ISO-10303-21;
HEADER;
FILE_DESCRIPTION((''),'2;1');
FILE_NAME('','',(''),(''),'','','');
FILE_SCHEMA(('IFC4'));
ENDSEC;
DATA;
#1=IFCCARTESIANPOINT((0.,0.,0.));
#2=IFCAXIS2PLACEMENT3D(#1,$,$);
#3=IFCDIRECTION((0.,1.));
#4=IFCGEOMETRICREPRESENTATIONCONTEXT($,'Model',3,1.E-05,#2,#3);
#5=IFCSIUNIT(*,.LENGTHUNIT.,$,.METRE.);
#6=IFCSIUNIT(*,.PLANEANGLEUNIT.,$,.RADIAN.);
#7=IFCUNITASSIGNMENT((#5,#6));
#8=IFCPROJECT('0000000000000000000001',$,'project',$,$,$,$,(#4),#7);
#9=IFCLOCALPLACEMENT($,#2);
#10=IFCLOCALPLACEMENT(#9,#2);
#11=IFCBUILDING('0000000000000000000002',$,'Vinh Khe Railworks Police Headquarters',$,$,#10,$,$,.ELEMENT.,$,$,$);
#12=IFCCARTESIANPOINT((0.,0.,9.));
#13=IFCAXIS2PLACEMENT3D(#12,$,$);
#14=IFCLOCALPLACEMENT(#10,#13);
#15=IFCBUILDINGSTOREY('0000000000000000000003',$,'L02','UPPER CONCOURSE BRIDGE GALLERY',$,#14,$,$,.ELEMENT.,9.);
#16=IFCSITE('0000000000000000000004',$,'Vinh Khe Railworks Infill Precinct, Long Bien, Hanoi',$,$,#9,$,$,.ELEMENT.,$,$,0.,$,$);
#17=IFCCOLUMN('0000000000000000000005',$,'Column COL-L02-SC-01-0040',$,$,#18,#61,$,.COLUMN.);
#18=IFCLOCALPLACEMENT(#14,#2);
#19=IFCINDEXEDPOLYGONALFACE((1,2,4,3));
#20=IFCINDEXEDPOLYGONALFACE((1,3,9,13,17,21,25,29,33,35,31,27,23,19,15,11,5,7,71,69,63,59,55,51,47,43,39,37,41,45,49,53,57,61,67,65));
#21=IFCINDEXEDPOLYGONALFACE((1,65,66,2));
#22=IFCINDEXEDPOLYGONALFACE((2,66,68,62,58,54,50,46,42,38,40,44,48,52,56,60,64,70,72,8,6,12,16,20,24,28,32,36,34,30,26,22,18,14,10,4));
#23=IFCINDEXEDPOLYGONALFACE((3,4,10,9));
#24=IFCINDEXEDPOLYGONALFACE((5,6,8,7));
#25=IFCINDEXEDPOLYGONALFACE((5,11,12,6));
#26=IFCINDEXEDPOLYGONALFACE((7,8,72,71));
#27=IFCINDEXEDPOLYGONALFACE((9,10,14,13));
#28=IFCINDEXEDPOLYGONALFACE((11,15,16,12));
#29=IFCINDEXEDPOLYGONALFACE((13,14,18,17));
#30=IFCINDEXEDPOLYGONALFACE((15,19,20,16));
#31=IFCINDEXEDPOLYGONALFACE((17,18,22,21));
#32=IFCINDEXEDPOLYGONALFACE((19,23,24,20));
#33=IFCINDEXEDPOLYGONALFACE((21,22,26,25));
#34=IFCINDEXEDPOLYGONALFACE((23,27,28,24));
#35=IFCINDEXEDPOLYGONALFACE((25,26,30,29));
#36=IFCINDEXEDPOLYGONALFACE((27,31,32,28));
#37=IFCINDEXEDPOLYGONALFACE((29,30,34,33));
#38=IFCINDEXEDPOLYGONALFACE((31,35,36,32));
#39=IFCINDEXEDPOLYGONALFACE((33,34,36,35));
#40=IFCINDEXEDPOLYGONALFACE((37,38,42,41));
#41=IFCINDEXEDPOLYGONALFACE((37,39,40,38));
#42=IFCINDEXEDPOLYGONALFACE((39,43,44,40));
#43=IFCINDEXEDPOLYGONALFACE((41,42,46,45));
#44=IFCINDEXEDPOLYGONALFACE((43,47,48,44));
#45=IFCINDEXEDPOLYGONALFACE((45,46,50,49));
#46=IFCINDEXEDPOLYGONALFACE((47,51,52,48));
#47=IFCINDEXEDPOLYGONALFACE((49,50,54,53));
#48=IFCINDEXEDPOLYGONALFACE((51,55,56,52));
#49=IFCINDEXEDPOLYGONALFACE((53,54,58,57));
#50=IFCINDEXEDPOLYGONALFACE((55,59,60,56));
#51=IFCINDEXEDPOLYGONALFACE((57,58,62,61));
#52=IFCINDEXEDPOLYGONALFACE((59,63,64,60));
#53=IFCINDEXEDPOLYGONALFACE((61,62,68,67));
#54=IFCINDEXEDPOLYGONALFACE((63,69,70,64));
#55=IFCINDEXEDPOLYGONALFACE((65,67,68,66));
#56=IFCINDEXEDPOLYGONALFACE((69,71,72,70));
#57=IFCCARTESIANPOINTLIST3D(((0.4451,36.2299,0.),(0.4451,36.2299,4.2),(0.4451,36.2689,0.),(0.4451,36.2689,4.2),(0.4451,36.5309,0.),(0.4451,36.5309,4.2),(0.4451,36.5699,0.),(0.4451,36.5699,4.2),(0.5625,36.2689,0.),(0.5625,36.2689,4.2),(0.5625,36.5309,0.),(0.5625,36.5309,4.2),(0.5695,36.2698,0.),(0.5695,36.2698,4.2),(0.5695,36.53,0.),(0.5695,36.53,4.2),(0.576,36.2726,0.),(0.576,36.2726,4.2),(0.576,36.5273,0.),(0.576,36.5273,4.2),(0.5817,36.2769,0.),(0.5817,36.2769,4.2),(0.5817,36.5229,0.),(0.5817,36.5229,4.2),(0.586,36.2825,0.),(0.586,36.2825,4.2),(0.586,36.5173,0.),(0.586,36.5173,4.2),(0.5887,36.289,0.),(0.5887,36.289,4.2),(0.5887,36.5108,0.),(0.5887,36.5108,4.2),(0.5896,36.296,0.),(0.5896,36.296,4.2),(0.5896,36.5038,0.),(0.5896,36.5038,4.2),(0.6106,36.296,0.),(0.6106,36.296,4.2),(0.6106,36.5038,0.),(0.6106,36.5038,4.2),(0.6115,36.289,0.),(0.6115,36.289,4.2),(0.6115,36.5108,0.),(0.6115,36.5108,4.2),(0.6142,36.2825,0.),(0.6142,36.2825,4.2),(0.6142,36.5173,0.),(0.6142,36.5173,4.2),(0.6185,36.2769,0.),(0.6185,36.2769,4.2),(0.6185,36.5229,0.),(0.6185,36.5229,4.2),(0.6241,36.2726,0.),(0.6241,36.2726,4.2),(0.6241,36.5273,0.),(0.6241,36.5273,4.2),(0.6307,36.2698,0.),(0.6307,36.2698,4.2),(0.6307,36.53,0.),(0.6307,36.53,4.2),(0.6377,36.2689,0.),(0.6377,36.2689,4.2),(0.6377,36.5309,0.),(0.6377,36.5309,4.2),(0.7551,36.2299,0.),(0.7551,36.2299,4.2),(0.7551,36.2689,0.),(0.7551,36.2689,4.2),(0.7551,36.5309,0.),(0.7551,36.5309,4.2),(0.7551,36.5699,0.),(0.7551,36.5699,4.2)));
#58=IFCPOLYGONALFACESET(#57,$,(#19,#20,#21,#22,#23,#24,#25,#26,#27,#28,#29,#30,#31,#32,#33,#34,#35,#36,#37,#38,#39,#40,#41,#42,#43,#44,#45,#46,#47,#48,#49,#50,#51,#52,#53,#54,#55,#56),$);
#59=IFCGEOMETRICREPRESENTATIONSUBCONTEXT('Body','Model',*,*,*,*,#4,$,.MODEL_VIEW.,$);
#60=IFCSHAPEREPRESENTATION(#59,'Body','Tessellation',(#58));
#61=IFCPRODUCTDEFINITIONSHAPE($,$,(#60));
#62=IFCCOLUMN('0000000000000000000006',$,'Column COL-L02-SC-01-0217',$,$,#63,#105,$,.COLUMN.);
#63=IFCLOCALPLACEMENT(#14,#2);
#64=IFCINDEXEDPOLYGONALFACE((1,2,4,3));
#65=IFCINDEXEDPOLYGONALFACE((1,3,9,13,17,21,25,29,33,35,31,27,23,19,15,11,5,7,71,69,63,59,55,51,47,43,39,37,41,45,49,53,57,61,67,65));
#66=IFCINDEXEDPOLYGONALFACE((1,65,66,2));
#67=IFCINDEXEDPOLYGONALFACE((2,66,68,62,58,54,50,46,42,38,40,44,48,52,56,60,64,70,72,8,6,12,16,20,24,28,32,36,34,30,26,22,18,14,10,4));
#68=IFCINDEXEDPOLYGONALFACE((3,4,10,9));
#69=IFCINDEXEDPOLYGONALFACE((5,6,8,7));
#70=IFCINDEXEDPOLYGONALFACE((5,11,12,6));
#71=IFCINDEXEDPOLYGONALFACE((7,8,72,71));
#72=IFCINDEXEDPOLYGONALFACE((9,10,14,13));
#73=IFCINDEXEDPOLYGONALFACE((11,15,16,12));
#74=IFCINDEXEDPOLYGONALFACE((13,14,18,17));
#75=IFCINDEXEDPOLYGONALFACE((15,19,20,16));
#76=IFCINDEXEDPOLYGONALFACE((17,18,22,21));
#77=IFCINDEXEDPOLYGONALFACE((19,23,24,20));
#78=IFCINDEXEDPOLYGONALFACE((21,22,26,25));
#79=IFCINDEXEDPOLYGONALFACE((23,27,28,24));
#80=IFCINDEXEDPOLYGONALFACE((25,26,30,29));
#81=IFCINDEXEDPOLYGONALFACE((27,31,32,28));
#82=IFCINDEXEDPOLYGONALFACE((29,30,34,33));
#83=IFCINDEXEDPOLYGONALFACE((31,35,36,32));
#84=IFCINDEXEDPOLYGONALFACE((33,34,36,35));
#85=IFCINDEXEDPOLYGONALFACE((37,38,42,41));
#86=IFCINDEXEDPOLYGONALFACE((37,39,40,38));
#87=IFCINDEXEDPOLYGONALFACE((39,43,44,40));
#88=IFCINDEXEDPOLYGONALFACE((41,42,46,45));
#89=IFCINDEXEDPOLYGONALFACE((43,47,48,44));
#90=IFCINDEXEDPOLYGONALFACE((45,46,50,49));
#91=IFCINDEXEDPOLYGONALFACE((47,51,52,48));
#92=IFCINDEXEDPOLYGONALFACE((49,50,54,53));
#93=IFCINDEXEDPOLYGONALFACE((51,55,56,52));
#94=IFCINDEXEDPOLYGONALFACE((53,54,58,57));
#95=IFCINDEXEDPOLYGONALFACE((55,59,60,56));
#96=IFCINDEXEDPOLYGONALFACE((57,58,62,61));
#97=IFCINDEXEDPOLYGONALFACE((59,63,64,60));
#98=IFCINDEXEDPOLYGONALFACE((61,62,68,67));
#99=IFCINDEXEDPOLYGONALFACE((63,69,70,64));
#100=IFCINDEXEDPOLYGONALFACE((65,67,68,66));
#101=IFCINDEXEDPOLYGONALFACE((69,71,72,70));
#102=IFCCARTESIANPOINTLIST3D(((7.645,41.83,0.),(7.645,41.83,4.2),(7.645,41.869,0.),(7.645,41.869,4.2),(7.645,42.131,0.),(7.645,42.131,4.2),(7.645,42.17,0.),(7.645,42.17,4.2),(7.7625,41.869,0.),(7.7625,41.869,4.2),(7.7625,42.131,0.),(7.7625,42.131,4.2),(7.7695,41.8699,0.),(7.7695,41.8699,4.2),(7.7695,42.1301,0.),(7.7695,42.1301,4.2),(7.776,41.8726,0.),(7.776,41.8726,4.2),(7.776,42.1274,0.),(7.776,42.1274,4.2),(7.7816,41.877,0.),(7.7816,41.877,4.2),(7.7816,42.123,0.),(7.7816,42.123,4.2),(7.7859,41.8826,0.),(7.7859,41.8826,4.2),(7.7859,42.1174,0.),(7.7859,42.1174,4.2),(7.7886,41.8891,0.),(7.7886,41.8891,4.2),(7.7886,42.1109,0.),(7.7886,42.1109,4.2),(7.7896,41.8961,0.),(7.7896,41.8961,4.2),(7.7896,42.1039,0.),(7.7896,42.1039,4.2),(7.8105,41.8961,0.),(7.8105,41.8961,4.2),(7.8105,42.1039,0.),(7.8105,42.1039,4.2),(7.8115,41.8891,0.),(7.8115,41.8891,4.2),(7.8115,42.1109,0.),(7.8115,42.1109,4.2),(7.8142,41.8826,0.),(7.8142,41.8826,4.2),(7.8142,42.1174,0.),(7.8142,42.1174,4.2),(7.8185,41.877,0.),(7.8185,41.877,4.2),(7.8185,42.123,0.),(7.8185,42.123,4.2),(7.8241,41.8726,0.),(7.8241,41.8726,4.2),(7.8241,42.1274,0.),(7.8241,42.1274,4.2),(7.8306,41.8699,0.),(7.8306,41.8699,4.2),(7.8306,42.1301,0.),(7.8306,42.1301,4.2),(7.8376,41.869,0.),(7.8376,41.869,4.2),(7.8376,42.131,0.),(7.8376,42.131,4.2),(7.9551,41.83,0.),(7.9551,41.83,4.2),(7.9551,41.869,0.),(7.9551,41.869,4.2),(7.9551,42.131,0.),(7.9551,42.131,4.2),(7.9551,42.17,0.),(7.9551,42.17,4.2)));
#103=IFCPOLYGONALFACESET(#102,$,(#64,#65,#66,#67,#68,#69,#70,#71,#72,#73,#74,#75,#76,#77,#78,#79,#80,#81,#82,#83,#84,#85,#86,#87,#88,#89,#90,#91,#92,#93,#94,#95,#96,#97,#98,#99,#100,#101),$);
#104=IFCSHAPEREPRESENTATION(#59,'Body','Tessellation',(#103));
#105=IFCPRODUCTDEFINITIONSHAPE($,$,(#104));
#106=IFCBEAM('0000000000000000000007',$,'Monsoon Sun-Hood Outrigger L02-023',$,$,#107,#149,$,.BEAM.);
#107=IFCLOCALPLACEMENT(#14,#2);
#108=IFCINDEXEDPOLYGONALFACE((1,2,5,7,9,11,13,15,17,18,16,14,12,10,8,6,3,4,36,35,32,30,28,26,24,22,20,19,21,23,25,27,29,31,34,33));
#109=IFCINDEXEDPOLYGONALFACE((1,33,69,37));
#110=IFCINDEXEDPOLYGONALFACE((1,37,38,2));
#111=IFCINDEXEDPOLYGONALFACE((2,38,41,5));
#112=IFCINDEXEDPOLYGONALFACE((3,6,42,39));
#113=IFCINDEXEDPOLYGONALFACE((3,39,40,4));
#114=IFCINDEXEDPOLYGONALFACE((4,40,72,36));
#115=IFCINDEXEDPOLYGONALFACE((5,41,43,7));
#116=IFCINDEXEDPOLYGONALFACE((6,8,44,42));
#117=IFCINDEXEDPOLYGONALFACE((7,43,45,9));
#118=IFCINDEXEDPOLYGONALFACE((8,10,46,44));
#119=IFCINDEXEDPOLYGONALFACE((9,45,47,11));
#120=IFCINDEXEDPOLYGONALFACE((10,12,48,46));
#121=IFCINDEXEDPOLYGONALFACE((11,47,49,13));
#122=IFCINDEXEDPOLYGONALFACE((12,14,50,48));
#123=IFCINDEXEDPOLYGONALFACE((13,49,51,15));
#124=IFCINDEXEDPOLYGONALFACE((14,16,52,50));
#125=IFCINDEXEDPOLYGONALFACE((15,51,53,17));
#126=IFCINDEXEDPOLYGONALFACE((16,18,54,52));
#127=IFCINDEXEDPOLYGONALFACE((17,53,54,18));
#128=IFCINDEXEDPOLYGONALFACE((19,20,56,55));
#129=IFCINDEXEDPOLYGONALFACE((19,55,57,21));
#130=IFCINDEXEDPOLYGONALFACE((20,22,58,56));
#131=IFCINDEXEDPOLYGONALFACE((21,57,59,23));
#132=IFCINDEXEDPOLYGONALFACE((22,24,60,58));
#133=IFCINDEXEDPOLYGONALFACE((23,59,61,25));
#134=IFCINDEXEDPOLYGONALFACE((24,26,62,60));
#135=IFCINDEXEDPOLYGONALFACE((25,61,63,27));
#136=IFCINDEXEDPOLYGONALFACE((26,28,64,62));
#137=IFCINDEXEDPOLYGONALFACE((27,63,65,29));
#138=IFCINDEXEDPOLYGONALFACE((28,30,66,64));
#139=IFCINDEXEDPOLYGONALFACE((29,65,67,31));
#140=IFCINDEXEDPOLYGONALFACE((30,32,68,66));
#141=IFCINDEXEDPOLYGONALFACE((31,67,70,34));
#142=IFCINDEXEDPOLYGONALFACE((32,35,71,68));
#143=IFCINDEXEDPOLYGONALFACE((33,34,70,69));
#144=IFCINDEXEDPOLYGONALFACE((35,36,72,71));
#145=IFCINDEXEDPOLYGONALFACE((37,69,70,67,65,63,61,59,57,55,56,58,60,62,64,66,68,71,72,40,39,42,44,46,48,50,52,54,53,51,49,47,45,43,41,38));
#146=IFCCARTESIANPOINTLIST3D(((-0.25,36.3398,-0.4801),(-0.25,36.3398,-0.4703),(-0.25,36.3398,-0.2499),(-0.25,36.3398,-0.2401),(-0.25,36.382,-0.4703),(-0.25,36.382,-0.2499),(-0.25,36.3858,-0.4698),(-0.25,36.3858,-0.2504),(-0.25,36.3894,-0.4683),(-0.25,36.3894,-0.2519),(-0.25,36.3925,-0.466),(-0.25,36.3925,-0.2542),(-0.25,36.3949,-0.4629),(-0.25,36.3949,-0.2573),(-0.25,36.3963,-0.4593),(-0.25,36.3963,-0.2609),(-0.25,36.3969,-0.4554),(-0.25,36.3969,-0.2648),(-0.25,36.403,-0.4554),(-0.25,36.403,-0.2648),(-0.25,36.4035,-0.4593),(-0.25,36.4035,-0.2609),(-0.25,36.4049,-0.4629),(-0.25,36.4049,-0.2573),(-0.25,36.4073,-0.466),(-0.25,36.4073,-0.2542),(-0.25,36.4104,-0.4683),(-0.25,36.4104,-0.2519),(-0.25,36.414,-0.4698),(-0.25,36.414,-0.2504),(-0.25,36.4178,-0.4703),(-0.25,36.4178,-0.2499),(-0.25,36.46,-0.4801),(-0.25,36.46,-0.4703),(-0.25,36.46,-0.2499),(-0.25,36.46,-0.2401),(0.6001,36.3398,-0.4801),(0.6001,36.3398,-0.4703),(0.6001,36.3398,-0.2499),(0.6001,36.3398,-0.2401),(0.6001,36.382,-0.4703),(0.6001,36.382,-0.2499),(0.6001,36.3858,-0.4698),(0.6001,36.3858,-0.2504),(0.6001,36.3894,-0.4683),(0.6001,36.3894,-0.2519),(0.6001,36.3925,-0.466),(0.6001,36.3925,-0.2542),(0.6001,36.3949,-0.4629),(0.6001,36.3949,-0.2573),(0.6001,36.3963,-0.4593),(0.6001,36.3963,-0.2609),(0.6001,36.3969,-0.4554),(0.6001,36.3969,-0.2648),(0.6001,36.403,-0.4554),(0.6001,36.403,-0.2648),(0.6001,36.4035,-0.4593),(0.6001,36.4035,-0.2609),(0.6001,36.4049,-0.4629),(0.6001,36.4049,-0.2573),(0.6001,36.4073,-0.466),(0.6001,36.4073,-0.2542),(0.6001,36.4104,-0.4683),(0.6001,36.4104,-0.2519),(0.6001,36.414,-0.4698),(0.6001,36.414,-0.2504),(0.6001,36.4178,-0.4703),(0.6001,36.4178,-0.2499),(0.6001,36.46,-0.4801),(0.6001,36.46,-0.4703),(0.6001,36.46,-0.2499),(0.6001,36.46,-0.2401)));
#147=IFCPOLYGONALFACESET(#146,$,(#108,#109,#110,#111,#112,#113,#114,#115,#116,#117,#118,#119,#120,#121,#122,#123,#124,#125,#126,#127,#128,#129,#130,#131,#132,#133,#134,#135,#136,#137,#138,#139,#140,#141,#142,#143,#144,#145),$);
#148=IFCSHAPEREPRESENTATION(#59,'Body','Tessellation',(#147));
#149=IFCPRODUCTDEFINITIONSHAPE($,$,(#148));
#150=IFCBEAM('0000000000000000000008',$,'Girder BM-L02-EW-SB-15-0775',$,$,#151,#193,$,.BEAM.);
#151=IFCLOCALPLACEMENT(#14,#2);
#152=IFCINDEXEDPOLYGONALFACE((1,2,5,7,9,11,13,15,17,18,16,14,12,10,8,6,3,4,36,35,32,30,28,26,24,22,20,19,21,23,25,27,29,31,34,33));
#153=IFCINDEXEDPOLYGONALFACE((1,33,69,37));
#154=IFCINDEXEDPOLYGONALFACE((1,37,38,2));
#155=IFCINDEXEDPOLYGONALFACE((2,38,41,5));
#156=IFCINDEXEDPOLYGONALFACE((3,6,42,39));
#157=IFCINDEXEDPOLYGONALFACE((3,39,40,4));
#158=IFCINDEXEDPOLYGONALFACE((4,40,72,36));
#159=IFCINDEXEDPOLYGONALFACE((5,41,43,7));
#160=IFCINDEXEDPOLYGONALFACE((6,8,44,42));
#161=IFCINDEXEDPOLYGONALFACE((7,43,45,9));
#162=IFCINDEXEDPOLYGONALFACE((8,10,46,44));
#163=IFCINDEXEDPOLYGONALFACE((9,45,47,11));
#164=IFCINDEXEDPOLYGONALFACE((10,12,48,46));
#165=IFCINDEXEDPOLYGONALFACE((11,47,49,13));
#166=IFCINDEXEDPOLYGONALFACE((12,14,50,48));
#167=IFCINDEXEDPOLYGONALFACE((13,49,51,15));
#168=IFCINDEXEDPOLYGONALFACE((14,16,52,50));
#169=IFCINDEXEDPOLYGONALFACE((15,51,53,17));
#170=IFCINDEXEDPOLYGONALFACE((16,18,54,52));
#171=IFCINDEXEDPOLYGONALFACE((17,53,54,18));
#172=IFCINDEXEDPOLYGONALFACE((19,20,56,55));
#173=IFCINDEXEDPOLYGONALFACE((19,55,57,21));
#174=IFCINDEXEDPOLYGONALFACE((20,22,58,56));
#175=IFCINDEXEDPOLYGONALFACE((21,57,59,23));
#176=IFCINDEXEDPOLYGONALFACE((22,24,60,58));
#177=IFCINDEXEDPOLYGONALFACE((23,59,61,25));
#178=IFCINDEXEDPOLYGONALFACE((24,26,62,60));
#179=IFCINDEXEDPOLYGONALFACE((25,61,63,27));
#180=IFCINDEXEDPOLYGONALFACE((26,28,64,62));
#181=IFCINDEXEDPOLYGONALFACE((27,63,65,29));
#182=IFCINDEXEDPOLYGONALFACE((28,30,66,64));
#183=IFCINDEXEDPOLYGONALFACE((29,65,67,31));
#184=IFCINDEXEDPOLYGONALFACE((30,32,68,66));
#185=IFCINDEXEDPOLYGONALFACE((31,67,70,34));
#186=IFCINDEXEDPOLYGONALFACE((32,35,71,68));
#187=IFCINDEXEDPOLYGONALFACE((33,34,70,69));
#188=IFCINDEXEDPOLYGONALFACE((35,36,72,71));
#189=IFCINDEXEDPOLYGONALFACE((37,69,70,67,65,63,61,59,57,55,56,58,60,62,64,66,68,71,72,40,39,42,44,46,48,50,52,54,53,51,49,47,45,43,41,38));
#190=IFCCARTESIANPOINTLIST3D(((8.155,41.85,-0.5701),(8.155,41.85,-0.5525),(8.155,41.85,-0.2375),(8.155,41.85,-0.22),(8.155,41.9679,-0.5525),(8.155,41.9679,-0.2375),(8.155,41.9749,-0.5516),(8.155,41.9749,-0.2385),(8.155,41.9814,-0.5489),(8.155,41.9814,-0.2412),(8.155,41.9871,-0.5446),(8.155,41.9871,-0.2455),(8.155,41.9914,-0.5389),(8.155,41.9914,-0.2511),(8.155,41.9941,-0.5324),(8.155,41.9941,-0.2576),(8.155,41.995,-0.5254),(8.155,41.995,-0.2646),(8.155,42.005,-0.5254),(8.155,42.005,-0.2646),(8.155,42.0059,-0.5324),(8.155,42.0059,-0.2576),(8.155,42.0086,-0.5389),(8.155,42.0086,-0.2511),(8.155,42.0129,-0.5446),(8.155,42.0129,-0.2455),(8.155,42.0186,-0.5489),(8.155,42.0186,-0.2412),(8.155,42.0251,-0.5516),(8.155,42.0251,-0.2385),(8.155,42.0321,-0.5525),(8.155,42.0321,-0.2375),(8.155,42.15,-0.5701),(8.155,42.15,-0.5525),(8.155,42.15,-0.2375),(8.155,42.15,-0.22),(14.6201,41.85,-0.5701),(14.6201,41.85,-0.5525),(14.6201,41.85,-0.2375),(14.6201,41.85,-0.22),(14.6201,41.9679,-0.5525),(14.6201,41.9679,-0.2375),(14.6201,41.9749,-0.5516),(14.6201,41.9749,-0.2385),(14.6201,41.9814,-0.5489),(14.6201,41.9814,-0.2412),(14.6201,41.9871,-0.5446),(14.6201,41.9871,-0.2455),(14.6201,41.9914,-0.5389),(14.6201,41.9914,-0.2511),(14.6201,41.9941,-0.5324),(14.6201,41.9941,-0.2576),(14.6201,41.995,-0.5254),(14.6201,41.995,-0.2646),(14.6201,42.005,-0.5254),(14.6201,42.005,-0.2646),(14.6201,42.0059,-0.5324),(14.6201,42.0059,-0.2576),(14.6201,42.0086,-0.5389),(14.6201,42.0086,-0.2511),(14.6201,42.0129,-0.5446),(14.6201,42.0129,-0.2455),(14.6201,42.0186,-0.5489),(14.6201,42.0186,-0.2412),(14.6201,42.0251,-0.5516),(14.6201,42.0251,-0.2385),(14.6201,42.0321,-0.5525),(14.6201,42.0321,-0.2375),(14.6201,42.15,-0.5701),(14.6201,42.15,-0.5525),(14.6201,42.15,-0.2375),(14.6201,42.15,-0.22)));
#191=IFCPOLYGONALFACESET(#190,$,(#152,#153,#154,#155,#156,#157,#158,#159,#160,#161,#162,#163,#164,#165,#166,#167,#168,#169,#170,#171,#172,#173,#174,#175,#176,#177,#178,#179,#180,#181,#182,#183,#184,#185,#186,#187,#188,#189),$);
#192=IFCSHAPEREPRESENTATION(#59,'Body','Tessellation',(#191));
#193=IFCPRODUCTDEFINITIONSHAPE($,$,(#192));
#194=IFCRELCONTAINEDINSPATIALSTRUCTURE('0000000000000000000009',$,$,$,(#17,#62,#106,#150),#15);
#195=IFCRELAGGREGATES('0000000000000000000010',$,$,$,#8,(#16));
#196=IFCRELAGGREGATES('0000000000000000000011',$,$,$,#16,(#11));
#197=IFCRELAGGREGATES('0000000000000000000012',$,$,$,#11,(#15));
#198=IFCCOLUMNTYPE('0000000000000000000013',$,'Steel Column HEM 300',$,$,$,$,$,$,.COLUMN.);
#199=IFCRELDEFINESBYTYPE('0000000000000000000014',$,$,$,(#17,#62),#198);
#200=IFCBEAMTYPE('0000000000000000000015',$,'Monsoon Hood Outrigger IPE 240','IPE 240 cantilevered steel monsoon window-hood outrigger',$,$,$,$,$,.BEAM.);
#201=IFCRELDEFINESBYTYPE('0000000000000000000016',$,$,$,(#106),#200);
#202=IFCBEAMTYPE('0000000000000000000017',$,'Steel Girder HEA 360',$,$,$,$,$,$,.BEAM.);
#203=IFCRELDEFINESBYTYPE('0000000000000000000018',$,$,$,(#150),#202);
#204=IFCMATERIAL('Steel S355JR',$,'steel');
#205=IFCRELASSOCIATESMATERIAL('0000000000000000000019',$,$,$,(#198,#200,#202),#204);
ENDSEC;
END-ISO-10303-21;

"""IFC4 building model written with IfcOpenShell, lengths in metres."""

from ifc_helpers import new_model, si_unit, direction, frame, origin, origin_2d, place, context, subcontext, project, spatial, i_section, extrude, material, material_profile, profile_set, type_object, element, save


model = new_model("IFC4")

# Units and contexts
model_context = context("Model", 3, precision=1e-05, world=origin(), true_north=direction((0.0, 1.0)))
body_context = subcontext(model_context, "Body", "Model", "MODEL_VIEW")
ifc_project = project(units=[si_unit("LENGTHUNIT", "METRE"), si_unit("PLANEANGLEUNIT", "RADIAN")], contexts=[model_context])

# Site, building, storey
site_placement = place(None, origin())
site = spatial("IfcSite", under=ifc_project, at=site_placement, Name="Vinh Khe Railworks Infill Precinct, Long Bien, Hanoi", CompositionType="ELEMENT", RefElevation=0.0)
building_placement = place(site_placement, origin())
building = spatial("IfcBuilding", under=site, at=building_placement, Name="Vinh Khe Railworks Police Headquarters", CompositionType="ELEMENT")
storey_placement = place(building_placement, frame((0.0, 0.0, 9.0)))
storey = spatial("IfcBuildingStorey", under=building, at=storey_placement, Name="L02", Description="UPPER CONCOURSE BRIDGE GALLERY", CompositionType="ELEMENT", Elevation=9.0)

# Columns
ifc_material_1 = material(Name="Steel S355JR", Category="steel")
ifc_material_profile_1 = material_profile(ifc_material_1, i_section(OverallWidth=0.3101, OverallDepth=0.3401, WebThickness=0.021, FlangeThickness=0.0391, FilletRadius=0.0271, at=origin_2d()), Name="HEM 300")
ifc_profile_set_1 = profile_set([ifc_material_profile_1], Name="Steel S355JR")
column_type_1 = type_object("IfcColumnType", Name="Steel Column HEM 300", PredefinedType="COLUMN", material=ifc_profile_set_1)
for number, where, z_axis, x_axis, name in (
    (1, (0.6001, 36.3999, 0.0), (0.0, 0.0, 1.0), (1.0, 0.0, 0.0), "Column COL-L02-SC-01-0040"),
    (2, (7.8, 42.0, 0.0), (0.0, 0.0, 1.0), (1.0, 0.0, 0.0), "Column COL-L02-SC-01-0217"),
):
    element("IfcColumn", number, at=place(storey_placement, frame(where, z_axis=z_axis, x_axis=x_axis)), inside=storey, type_object=column_type_1, Name=name, PredefinedType="COLUMN", context=body_context, shape_type="SweptSolid", body=[
        extrude(i_section(OverallWidth=0.3101, OverallDepth=0.3401, WebThickness=0.021, FlangeThickness=0.0391, FilletRadius=0.0271, at=origin_2d()), origin(), (0.0, 0.0, 1.0), 4.2),
    ])

# Beams
ifc_material_profile_2 = material_profile(ifc_material_1, i_section(OverallWidth=0.1201, OverallDepth=0.24, WebThickness=0.0061, FlangeThickness=0.0098, FilletRadius=0.0149, at=origin_2d()), Name="IPE 240")
ifc_profile_set_2 = profile_set([ifc_material_profile_2], Name="Steel S355JR")
beam_type_1 = type_object("IfcBeamType", Name="Monsoon Hood Outrigger IPE 240", Description="IPE 240 cantilevered steel monsoon window-hood outrigger", PredefinedType="BEAM", material=ifc_profile_set_2)
beam_1_placement = place(storey_placement, frame((-0.25, 36.3999, -0.3601), z_axis=(1.0, 0.0, 0.0), x_axis=(0.0, 1.0, 0.0)))
element("IfcBeam", 3, at=beam_1_placement, inside=storey, type_object=beam_type_1, Name="Monsoon Sun-Hood Outrigger L02-023", PredefinedType="BEAM", context=body_context, shape_type="SweptSolid", body=[
    extrude(i_section(OverallWidth=0.1201, OverallDepth=0.24, WebThickness=0.0061, FlangeThickness=0.0098, FilletRadius=0.0149, at=origin_2d()), origin(), (0.0, 0.0, 1.0), 0.8501),
])
ifc_material_profile_3 = material_profile(ifc_material_1, i_section(OverallWidth=0.3, OverallDepth=0.3501, WebThickness=0.01, FlangeThickness=0.0176, FilletRadius=0.0271, at=origin_2d()), Name="HEA 360")
ifc_profile_set_3 = profile_set([ifc_material_profile_3], Name="Steel S355JR")
beam_type_2 = type_object("IfcBeamType", Name="Steel Girder HEA 360", PredefinedType="BEAM", material=ifc_profile_set_3)
beam_2_placement = place(storey_placement, frame((8.155, 42.0, -0.395), z_axis=(1.0, 0.0, 0.0), x_axis=(0.0, 1.0, 0.0)))
element("IfcBeam", 4, at=beam_2_placement, inside=storey, type_object=beam_type_2, Name="Girder BM-L02-EW-SB-15-0775", PredefinedType="BEAM", context=body_context, shape_type="SweptSolid", body=[
    extrude(i_section(OverallWidth=0.3, OverallDepth=0.3501, WebThickness=0.01, FlangeThickness=0.0176, FilletRadius=0.0271, at=origin_2d()), origin(), (0.0, 0.0, 1.0), 6.4651),
])

save(model, "model.ifc")
